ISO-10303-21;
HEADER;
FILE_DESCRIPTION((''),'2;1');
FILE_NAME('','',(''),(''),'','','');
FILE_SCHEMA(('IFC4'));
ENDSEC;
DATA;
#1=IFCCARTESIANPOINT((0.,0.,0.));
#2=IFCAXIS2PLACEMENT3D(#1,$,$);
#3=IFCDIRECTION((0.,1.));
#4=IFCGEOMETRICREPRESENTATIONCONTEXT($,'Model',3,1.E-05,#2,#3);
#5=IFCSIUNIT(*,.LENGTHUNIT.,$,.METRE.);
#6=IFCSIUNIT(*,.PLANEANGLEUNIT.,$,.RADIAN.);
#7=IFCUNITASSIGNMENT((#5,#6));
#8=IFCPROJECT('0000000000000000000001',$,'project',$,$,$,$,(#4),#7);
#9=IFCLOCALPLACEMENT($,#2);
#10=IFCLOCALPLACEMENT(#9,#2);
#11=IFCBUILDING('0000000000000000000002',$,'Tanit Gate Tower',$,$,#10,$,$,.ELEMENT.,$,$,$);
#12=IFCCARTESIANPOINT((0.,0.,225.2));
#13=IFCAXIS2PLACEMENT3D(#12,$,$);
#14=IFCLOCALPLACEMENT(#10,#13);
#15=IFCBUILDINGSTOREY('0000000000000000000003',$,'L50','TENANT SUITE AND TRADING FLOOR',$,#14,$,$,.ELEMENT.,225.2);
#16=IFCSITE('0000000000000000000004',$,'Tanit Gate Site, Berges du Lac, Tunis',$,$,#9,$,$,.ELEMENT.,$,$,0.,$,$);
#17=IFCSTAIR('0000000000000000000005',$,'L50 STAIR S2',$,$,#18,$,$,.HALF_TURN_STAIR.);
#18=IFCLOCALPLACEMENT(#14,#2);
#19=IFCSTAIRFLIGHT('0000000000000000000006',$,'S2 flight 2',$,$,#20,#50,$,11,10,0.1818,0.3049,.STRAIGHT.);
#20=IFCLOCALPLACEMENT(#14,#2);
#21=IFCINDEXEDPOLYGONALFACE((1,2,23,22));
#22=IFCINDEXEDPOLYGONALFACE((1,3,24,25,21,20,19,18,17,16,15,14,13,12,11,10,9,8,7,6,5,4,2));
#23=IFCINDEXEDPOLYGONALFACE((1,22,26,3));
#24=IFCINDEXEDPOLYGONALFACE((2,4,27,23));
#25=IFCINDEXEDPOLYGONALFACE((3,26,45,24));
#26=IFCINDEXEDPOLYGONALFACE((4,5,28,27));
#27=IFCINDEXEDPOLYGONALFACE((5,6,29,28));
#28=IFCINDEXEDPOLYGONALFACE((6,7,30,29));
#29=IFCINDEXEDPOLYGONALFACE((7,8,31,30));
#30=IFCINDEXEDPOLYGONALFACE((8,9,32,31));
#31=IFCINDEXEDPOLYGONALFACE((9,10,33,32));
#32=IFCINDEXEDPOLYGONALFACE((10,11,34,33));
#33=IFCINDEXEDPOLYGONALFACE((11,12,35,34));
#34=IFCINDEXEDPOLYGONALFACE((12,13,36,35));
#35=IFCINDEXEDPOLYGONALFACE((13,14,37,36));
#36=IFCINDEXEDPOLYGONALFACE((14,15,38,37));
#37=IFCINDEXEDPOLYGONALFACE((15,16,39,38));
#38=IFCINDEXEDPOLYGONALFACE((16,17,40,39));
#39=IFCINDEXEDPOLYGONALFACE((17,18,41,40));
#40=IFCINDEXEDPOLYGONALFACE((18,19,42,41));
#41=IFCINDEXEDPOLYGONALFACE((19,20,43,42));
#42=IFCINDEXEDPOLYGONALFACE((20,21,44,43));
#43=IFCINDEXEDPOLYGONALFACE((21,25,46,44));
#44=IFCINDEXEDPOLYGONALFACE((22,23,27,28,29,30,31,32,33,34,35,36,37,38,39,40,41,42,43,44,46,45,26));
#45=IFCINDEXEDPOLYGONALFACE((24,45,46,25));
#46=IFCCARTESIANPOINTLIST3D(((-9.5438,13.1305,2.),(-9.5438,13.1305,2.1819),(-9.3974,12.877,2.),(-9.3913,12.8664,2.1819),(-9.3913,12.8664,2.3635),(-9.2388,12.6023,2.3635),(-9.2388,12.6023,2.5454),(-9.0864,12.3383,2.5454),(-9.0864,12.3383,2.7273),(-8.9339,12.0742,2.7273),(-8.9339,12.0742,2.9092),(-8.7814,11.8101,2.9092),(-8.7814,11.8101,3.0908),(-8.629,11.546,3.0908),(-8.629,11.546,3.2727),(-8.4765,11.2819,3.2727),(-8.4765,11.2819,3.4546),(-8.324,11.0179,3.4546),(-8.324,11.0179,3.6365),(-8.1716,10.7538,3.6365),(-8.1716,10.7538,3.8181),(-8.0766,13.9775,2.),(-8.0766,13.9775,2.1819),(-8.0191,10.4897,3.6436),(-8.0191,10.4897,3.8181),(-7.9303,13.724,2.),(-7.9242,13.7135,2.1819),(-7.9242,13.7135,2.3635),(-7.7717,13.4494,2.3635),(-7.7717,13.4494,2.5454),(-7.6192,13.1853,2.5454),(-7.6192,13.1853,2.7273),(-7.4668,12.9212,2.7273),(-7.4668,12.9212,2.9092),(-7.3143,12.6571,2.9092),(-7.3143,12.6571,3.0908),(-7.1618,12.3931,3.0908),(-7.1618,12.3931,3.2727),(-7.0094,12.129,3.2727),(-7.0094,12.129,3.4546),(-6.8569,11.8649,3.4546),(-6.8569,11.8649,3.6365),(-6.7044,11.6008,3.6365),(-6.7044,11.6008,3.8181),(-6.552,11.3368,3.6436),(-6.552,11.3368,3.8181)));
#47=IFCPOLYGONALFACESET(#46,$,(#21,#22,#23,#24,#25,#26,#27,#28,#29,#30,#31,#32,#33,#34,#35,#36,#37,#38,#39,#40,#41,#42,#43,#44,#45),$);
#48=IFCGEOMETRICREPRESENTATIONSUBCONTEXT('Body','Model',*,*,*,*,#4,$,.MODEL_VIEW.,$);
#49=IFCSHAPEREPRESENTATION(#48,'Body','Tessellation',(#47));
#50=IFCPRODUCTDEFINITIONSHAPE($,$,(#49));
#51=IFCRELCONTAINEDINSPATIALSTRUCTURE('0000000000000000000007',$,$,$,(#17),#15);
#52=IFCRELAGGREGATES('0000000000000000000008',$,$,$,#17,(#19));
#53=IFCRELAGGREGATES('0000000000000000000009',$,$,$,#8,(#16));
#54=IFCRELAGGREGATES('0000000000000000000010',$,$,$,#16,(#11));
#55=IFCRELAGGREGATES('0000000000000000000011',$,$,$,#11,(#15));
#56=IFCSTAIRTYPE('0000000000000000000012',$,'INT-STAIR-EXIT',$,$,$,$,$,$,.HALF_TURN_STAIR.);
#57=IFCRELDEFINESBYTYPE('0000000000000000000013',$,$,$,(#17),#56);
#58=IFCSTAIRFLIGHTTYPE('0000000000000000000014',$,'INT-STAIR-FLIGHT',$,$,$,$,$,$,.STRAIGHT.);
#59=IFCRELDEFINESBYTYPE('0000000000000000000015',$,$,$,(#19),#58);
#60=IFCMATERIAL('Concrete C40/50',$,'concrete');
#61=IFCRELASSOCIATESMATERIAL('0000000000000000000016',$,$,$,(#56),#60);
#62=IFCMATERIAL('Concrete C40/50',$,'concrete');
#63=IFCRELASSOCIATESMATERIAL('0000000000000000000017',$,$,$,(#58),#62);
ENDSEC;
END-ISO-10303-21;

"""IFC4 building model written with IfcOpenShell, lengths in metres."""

from ifc_helpers import new_model, si_unit, direction, frame, origin, place, context, subcontext, project, spatial, polyline, outline, extrude, material, type_object, element, aggregate, save


model = new_model("IFC4")

# Units and contexts
model_context = context("Model", 3, precision=1e-05, world=origin(), true_north=direction((0.0, 1.0)))
body_context = subcontext(model_context, "Body", "Model", "MODEL_VIEW")
ifc_project = project(units=[si_unit("LENGTHUNIT", "METRE"), si_unit("PLANEANGLEUNIT", "RADIAN")], contexts=[model_context])

# Site, building, storey
site_placement = place(None, origin())
site = spatial("IfcSite", under=ifc_project, at=site_placement, Name="Tanit Gate Site, Berges du Lac, Tunis", CompositionType="ELEMENT", RefElevation=0.0)
building_placement = place(site_placement, origin())
building = spatial("IfcBuilding", under=site, at=building_placement, Name="Tanit Gate Tower", CompositionType="ELEMENT")
storey_placement = place(building_placement, frame((0.0, 0.0, 225.2)))
storey = spatial("IfcBuildingStorey", under=building, at=storey_placement, Name="L50", Description="TENANT SUITE AND TRADING FLOOR", CompositionType="ELEMENT", Elevation=225.2)

# Stair, stair flight
ifc_material_1 = material(Name="Concrete C40/50", Category="concrete")
stair_type = type_object("IfcStairType", Name="INT-STAIR-EXIT", PredefinedType="HALF_TURN_STAIR", material=ifc_material_1)
stair_placement = place(storey_placement, origin())
stair = element("IfcStair", 1, at=stair_placement, inside=storey, type_object=stair_type, Name="L50 STAIR S2", PredefinedType="HALF_TURN_STAIR")
ifc_material_2 = material(Name="Concrete C40/50", Category="concrete")
stair_flight_type = type_object("IfcStairFlightType", Name="INT-STAIR-FLIGHT", PredefinedType="STRAIGHT", material=ifc_material_2)
stair_flight_1_placement = place(storey_placement, frame((-8.8103, 13.554, 2.0), z_axis=(0.0, 0.0, 1.0), x_axis=(0.5, -0.866025, 0.0)))
stair_flight_1 = element("IfcStairFlight", 2, at=stair_flight_1_placement, type_object=stair_flight_type, Name="S2 flight 2", NumberOfRisers=11, NumberOfTreads=10, PredefinedType="STRAIGHT", RiserHeight=0.1818, TreadLength=0.3049, context=body_context, shape_type="SweptSolid", body=[
    extrude(outline(polyline([(0.0, 0.0), (0.0, 0.1819), (0.3049, 0.1819), (0.3049, 0.3635), (0.6099, 0.3635), (0.6099, 0.5454), (0.9148, 0.5454), (0.9148, 0.7273), (1.2197, 0.7273), (1.2197, 0.9092), (1.5247, 0.9092), (1.5247, 1.0908), (1.8296, 1.0908), (1.8296, 1.2727), (2.1345, 1.2727), (2.1345, 1.4546), (2.4395, 1.4546), (2.4395, 1.6365), (2.7444, 1.6365), (2.7444, 1.8181), (3.0493, 1.8181), (3.0493, 2.0), (3.0493, 1.6436), (0.2927, 0.0), (0.0, 0.0)])), frame((0.0, 0.8472, 0.0), z_axis=(0.0, -1.0, 0.0), x_axis=(1.0, 0.0, 0.0)), (0.0, 0.0, 1.0), 1.6941),
])
aggregate(stair, [stair_flight_1])

save(model, "model.ifc")
